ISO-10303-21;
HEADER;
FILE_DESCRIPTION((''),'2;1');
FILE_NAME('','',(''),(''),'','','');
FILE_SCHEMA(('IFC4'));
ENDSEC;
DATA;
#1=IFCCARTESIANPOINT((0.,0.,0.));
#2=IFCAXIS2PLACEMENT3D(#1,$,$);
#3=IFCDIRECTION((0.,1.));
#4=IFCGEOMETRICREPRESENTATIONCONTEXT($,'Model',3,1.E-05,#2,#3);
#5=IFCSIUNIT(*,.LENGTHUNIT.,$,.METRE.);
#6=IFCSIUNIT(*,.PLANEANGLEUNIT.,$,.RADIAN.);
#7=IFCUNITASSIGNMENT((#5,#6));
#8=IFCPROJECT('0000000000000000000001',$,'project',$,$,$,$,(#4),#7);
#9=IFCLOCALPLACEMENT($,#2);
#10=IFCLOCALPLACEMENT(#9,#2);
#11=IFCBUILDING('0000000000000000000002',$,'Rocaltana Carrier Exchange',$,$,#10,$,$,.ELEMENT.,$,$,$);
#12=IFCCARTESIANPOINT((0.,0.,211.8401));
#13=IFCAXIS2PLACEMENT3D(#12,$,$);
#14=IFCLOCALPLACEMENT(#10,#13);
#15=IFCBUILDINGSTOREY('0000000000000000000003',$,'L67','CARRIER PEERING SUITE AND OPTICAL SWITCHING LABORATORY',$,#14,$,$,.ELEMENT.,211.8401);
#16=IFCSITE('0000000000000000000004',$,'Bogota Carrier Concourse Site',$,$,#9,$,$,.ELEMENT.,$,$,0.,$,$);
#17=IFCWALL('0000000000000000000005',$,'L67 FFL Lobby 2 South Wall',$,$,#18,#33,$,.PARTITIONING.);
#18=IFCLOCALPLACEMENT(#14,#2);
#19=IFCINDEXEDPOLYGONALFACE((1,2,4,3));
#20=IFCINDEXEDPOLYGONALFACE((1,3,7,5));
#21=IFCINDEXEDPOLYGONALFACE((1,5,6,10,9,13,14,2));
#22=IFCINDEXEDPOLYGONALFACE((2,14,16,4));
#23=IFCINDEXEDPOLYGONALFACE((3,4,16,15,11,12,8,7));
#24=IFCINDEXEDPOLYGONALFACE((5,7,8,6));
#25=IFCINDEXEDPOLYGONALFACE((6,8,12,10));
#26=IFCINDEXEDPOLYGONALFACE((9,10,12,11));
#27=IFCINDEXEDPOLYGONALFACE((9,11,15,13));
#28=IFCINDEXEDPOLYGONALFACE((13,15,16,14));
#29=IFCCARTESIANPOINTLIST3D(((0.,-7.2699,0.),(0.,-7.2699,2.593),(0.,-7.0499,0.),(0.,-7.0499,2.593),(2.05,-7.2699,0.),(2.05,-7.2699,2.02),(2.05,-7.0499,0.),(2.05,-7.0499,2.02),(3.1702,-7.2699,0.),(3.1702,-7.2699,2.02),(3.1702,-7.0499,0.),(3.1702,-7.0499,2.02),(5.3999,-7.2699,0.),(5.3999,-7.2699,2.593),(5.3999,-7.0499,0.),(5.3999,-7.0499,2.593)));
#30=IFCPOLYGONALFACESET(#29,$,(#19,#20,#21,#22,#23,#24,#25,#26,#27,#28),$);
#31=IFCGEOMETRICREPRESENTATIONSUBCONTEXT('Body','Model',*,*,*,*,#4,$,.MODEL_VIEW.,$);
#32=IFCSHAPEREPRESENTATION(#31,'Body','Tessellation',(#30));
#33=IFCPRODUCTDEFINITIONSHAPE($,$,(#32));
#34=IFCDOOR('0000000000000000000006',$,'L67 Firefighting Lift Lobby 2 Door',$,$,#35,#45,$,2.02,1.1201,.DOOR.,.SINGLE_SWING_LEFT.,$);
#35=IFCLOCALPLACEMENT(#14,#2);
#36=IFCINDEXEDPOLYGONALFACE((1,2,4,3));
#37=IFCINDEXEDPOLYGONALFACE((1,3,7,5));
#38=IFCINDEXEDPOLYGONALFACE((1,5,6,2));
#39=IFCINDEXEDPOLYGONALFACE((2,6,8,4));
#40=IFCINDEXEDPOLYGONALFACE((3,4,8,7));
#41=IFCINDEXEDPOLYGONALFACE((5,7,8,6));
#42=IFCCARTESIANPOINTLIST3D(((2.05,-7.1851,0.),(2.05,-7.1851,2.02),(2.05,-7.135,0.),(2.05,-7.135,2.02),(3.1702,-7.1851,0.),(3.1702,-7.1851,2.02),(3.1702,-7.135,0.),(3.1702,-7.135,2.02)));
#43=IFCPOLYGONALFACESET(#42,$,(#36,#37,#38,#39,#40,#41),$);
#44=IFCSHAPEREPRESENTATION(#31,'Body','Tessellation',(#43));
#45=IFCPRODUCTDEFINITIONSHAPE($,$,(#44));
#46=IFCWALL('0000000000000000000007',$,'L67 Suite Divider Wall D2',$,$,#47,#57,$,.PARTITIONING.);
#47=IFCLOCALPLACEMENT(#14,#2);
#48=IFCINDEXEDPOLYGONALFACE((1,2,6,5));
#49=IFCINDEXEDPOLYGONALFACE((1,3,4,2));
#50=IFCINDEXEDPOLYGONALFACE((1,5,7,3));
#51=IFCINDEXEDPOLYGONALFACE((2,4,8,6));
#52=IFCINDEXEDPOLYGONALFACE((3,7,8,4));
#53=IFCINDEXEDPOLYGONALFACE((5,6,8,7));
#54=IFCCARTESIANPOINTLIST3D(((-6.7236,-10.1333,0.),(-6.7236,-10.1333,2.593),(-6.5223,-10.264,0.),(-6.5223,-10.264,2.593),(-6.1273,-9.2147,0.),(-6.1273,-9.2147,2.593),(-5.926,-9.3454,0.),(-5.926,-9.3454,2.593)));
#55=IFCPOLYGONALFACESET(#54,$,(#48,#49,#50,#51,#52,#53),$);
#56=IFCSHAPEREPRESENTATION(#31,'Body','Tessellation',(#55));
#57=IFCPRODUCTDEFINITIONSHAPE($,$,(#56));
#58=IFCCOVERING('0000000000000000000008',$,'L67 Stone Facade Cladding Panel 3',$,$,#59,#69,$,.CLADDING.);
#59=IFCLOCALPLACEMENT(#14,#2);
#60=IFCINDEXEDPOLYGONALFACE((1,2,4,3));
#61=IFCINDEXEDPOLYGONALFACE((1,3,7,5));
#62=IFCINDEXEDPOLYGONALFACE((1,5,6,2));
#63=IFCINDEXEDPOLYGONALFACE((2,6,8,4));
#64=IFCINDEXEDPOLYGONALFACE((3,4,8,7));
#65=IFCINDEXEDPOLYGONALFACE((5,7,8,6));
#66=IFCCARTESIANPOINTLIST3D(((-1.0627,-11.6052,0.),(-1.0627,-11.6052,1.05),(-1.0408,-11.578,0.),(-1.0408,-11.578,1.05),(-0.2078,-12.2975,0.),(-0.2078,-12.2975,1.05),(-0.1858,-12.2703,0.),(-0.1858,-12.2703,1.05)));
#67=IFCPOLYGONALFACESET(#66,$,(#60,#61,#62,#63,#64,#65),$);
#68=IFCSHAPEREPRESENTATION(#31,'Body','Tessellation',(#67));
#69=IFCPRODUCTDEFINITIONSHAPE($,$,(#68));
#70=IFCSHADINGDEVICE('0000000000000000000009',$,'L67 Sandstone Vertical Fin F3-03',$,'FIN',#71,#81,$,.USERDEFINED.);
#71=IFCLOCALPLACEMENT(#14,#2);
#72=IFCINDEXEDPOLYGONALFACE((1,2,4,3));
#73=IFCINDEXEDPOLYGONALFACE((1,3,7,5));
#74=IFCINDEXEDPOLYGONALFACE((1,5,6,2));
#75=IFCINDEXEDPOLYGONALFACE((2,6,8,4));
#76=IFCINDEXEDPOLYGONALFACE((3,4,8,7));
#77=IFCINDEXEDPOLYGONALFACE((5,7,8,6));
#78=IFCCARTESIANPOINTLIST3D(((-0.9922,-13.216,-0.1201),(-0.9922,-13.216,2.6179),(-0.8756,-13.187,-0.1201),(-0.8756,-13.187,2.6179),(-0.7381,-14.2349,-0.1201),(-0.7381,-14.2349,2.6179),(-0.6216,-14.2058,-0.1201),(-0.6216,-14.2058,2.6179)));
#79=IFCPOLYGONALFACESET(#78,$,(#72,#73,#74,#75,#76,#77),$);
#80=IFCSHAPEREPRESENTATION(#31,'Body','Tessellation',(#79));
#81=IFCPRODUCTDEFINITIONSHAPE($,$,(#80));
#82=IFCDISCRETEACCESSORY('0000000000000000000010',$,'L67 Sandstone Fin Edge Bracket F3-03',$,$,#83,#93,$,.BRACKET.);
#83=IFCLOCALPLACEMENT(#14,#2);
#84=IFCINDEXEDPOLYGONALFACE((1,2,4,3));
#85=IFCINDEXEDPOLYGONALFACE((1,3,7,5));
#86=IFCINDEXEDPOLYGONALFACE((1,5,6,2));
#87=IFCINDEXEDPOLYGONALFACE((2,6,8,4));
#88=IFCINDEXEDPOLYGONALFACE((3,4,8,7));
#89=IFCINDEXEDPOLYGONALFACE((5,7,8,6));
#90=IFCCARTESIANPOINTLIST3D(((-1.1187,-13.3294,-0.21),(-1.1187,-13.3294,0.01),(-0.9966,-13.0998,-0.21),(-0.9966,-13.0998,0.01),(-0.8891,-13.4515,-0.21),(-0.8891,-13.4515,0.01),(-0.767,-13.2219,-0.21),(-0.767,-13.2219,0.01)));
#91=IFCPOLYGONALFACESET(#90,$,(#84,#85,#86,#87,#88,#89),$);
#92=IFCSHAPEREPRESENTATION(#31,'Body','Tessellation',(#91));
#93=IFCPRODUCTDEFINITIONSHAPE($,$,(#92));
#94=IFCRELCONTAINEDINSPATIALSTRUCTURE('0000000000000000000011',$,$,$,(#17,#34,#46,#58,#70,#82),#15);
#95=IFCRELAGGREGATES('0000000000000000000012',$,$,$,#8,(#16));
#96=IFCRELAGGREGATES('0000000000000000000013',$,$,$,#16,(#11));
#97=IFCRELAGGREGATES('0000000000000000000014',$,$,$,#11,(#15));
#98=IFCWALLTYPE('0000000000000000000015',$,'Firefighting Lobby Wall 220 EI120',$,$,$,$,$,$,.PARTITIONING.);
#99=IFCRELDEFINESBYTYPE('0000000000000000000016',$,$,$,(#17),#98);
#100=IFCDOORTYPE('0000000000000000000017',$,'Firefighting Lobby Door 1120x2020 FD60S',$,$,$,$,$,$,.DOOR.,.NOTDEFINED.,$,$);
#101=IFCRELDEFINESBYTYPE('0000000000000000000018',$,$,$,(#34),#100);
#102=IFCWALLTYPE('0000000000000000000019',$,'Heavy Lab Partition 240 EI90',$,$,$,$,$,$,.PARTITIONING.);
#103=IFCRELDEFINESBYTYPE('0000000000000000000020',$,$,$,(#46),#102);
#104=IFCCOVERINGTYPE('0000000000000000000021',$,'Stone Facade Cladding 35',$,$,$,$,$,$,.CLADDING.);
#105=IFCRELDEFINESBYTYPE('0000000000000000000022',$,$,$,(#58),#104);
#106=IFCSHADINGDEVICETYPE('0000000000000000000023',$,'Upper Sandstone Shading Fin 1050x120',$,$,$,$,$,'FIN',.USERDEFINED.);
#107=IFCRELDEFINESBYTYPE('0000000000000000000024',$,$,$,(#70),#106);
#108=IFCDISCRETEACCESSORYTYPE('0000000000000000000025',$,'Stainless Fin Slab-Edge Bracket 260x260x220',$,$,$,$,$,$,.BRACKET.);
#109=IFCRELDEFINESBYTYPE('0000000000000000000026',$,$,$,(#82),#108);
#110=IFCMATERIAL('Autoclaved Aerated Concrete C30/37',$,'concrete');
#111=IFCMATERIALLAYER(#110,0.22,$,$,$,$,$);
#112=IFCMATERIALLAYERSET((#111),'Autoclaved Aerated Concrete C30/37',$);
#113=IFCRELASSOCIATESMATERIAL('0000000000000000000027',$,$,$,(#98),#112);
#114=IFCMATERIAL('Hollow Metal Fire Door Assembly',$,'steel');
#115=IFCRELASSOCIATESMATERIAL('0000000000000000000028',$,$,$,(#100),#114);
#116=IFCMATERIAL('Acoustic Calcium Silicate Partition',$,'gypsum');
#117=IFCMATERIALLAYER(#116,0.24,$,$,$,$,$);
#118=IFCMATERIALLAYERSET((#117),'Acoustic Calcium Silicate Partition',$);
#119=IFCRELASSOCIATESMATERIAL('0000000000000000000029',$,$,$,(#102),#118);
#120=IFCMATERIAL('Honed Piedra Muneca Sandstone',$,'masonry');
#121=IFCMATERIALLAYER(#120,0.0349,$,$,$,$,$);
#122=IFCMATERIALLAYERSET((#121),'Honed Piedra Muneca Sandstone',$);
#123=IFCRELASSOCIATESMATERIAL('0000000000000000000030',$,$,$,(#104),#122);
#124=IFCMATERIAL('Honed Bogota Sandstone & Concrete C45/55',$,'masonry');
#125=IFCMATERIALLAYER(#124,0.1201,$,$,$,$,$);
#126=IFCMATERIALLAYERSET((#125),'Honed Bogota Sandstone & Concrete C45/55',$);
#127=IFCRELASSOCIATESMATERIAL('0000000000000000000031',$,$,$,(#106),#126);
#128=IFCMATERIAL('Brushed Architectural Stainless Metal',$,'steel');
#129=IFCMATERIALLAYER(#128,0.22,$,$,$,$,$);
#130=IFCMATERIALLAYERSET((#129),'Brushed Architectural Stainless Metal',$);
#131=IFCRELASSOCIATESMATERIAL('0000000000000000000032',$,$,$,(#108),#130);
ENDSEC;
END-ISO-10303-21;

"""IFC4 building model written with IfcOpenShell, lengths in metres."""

from ifc_helpers import new_model, si_unit, direction, frame, frame_2d, origin, origin_2d, place, context, subcontext, project, spatial, rectangle, extrude, material, layer, layer_set, type_object, element, fill, save


model = new_model("IFC4")

# Units and contexts
model_context = context("Model", 3, precision=1e-05, world=origin(), true_north=direction((0.0, 1.0)))
body_context = subcontext(model_context, "Body", "Model", "MODEL_VIEW")
ifc_project = project(units=[si_unit("LENGTHUNIT", "METRE"), si_unit("PLANEANGLEUNIT", "RADIAN")], contexts=[model_context])

# Site, building, storey
site_placement = place(None, origin())
site = spatial("IfcSite", under=ifc_project, at=site_placement, Name="Bogota Carrier Concourse Site", CompositionType="ELEMENT", RefElevation=0.0)
building_placement = place(site_placement, origin())
building = spatial("IfcBuilding", under=site, at=building_placement, Name="Rocaltana Carrier Exchange", CompositionType="ELEMENT")
storey_placement = place(building_placement, frame((0.0, 0.0, 211.8401)))
storey = spatial("IfcBuildingStorey", under=building, at=storey_placement, Name="L67", Description="CARRIER PEERING SUITE AND OPTICAL SWITCHING LABORATORY", CompositionType="ELEMENT", Elevation=211.8401)

# Shared definitions
ifc_material_1 = material(Name="Autoclaved Aerated Concrete C30/37", Category="concrete")
ifc_layer_1 = layer(ifc_material_1, 0.22)
ifc_layer_set_1 = layer_set([ifc_layer_1], Name="Autoclaved Aerated Concrete C30/37")
wall_type_1 = type_object("IfcWallType", Name="Firefighting Lobby Wall 220 EI120", PredefinedType="PARTITIONING", material=ifc_layer_set_1)

# Wall, opening, door
ifc_material_2 = material(Name="Hollow Metal Fire Door Assembly", Category="steel")
door_type = type_object("IfcDoorType", Name="Firefighting Lobby Door 1120x2020 FD60S", OperationType="NOTDEFINED", PredefinedType="DOOR", material=ifc_material_2)
wall_1_placement = place(storey_placement, frame((0.0, -7.1599, 0.0), z_axis=(0.0, 0.0, 1.0), x_axis=(1.0, 0.0, 0.0)))
wall_1 = element("IfcWall", 1, at=wall_1_placement, inside=storey, type_object=wall_type_1, Name="L67 FFL Lobby 2 South Wall", PredefinedType="PARTITIONING", context=body_context, shape_type="SweptSolid", body=[
    extrude(rectangle(XDim=5.3999, YDim=0.22, at=frame_2d((2.7, 0.0))), origin(), (0.0, 0.0, 1.0), 2.593),
])
opening_1_placement = place(wall_1_placement, frame((2.05, 0.0, 0.0)))
opening_1 = element("IfcOpeningElement", 2, at=opening_1_placement, cuts=wall_1, PredefinedType="OPENING", context=body_context, shape_type="SweptSolid", body=[
    extrude(rectangle(XDim=1.1201, YDim=2.02, at=frame_2d((0.5601, 1.01))), frame((0.0, 0.1199, 0.0), z_axis=(0.0, -1.0, 0.0), x_axis=(1.0, 0.0, 0.0)), (0.0, 0.0, 1.0), 0.24),
])
door_1_placement = place(opening_1_placement, origin())
door_1 = element("IfcDoor", 3, at=door_1_placement, inside=storey, type_object=door_type, Name="L67 Firefighting Lift Lobby 2 Door", OperationType="SINGLE_SWING_LEFT", OverallHeight=2.02, OverallWidth=1.1201, PredefinedType="DOOR", context=body_context, shape_type="SweptSolid", body=[
    extrude(rectangle(XDim=1.1201, YDim=2.02, at=frame_2d((0.5601, 1.01))), frame((0.0, 0.0249, 0.0), z_axis=(0.0, -1.0, 0.0), x_axis=(1.0, 0.0, 0.0)), (0.0, 0.0, 1.0), 0.05),
])
fill(opening_1, door_1)

# Wall
ifc_material_3 = material(Name="Acoustic Calcium Silicate Partition", Category="gypsum")
ifc_layer_2 = layer(ifc_material_3, 0.24)
ifc_layer_set_2 = layer_set([ifc_layer_2], Name="Acoustic Calcium Silicate Partition")
wall_type_2 = type_object("IfcWallType", Name="Heavy Lab Partition 240 EI90", PredefinedType="PARTITIONING", material=ifc_layer_set_2)
wall_2_placement = place(storey_placement, frame((-6.0266, -9.28, 0.0), z_axis=(0.0, 0.0, 1.0), x_axis=(-0.544526, -0.838744, 0.0)))
element("IfcWall", 4, at=wall_2_placement, inside=storey, type_object=wall_type_2, Name="L67 Suite Divider Wall D2", PredefinedType="PARTITIONING", context=body_context, shape_type="SweptSolid", body=[
    extrude(rectangle(XDim=1.0952, YDim=0.24, at=frame_2d((0.5476, 0.0))), origin(), (0.0, 0.0, 1.0), 2.593),
])

# Covering
ifc_material_4 = material(Name="Honed Piedra Muneca Sandstone", Category="masonry")
ifc_layer_3 = layer(ifc_material_4, 0.0349)
ifc_layer_set_3 = layer_set([ifc_layer_3], Name="Honed Piedra Muneca Sandstone")
covering_type = type_object("IfcCoveringType", Name="Stone Facade Cladding 35", PredefinedType="CLADDING", material=ifc_layer_set_3)
covering_placement = place(storey_placement, frame((-0.6243, -11.9377, 0.0), z_axis=(0.0, 0.0, 1.0), x_axis=(-0.777146, 0.62932, 0.0)))
element("IfcCovering", 5, at=covering_placement, inside=storey, type_object=covering_type, Name="L67 Stone Facade Cladding Panel 3", PredefinedType="CLADDING", context=body_context, shape_type="SweptSolid", body=[
    extrude(rectangle(XDim=1.1001, YDim=0.0349, at=origin_2d()), origin(), (0.0, 0.0, 1.0), 1.05),
])

# Shading device
ifc_material_5 = material(Name="Honed Bogota Sandstone & Concrete C45/55", Category="masonry")
ifc_layer_4 = layer(ifc_material_5, 0.1201)
ifc_layer_set_4 = layer_set([ifc_layer_4], Name="Honed Bogota Sandstone & Concrete C45/55")
shading_device_type = type_object("IfcShadingDeviceType", Name="Upper Sandstone Shading Fin 1050x120", ElementType="FIN", PredefinedType="USERDEFINED", material=ifc_layer_set_4)
shading_device_placement = place(storey_placement, frame((-0.8069, -13.7109, -0.1201), z_axis=(0.0, 0.0, 1.0), x_axis=(0.241922, -0.970296, 0.0)))
element("IfcShadingDevice", 6, at=shading_device_placement, inside=storey, type_object=shading_device_type, Name="L67 Sandstone Vertical Fin F3-03", ObjectType="FIN", PredefinedType="USERDEFINED", context=body_context, shape_type="SweptSolid", body=[
    extrude(rectangle(XDim=1.05, YDim=0.1201, at=origin_2d()), origin(), (0.0, 0.0, 1.0), 2.738),
])

# Discrete accessory
ifc_material_6 = material(Name="Brushed Architectural Stainless Metal", Category="steel")
ifc_layer_5 = layer(ifc_material_6, 0.22)
ifc_layer_set_5 = layer_set([ifc_layer_5], Name="Brushed Architectural Stainless Metal")
discrete_accessory_type = type_object("IfcDiscreteAccessoryType", Name="Stainless Fin Slab-Edge Bracket 260x260x220", PredefinedType="BRACKET", material=ifc_layer_set_5)
discrete_accessory_placement = place(storey_placement, frame((-0.9429, -13.2756, -0.21), z_axis=(0.0, 0.0, 1.0), x_axis=(0.882948, -0.469472, 0.0)))
element("IfcDiscreteAccessory", 7, at=discrete_accessory_placement, inside=storey, type_object=discrete_accessory_type, Name="L67 Sandstone Fin Edge Bracket F3-03", PredefinedType="BRACKET", context=body_context, shape_type="SweptSolid", body=[
    extrude(rectangle(XDim=0.26, YDim=0.26, at=origin_2d()), origin(), (0.0, 0.0, 1.0), 0.22),
])

save(model, "model.ifc")
